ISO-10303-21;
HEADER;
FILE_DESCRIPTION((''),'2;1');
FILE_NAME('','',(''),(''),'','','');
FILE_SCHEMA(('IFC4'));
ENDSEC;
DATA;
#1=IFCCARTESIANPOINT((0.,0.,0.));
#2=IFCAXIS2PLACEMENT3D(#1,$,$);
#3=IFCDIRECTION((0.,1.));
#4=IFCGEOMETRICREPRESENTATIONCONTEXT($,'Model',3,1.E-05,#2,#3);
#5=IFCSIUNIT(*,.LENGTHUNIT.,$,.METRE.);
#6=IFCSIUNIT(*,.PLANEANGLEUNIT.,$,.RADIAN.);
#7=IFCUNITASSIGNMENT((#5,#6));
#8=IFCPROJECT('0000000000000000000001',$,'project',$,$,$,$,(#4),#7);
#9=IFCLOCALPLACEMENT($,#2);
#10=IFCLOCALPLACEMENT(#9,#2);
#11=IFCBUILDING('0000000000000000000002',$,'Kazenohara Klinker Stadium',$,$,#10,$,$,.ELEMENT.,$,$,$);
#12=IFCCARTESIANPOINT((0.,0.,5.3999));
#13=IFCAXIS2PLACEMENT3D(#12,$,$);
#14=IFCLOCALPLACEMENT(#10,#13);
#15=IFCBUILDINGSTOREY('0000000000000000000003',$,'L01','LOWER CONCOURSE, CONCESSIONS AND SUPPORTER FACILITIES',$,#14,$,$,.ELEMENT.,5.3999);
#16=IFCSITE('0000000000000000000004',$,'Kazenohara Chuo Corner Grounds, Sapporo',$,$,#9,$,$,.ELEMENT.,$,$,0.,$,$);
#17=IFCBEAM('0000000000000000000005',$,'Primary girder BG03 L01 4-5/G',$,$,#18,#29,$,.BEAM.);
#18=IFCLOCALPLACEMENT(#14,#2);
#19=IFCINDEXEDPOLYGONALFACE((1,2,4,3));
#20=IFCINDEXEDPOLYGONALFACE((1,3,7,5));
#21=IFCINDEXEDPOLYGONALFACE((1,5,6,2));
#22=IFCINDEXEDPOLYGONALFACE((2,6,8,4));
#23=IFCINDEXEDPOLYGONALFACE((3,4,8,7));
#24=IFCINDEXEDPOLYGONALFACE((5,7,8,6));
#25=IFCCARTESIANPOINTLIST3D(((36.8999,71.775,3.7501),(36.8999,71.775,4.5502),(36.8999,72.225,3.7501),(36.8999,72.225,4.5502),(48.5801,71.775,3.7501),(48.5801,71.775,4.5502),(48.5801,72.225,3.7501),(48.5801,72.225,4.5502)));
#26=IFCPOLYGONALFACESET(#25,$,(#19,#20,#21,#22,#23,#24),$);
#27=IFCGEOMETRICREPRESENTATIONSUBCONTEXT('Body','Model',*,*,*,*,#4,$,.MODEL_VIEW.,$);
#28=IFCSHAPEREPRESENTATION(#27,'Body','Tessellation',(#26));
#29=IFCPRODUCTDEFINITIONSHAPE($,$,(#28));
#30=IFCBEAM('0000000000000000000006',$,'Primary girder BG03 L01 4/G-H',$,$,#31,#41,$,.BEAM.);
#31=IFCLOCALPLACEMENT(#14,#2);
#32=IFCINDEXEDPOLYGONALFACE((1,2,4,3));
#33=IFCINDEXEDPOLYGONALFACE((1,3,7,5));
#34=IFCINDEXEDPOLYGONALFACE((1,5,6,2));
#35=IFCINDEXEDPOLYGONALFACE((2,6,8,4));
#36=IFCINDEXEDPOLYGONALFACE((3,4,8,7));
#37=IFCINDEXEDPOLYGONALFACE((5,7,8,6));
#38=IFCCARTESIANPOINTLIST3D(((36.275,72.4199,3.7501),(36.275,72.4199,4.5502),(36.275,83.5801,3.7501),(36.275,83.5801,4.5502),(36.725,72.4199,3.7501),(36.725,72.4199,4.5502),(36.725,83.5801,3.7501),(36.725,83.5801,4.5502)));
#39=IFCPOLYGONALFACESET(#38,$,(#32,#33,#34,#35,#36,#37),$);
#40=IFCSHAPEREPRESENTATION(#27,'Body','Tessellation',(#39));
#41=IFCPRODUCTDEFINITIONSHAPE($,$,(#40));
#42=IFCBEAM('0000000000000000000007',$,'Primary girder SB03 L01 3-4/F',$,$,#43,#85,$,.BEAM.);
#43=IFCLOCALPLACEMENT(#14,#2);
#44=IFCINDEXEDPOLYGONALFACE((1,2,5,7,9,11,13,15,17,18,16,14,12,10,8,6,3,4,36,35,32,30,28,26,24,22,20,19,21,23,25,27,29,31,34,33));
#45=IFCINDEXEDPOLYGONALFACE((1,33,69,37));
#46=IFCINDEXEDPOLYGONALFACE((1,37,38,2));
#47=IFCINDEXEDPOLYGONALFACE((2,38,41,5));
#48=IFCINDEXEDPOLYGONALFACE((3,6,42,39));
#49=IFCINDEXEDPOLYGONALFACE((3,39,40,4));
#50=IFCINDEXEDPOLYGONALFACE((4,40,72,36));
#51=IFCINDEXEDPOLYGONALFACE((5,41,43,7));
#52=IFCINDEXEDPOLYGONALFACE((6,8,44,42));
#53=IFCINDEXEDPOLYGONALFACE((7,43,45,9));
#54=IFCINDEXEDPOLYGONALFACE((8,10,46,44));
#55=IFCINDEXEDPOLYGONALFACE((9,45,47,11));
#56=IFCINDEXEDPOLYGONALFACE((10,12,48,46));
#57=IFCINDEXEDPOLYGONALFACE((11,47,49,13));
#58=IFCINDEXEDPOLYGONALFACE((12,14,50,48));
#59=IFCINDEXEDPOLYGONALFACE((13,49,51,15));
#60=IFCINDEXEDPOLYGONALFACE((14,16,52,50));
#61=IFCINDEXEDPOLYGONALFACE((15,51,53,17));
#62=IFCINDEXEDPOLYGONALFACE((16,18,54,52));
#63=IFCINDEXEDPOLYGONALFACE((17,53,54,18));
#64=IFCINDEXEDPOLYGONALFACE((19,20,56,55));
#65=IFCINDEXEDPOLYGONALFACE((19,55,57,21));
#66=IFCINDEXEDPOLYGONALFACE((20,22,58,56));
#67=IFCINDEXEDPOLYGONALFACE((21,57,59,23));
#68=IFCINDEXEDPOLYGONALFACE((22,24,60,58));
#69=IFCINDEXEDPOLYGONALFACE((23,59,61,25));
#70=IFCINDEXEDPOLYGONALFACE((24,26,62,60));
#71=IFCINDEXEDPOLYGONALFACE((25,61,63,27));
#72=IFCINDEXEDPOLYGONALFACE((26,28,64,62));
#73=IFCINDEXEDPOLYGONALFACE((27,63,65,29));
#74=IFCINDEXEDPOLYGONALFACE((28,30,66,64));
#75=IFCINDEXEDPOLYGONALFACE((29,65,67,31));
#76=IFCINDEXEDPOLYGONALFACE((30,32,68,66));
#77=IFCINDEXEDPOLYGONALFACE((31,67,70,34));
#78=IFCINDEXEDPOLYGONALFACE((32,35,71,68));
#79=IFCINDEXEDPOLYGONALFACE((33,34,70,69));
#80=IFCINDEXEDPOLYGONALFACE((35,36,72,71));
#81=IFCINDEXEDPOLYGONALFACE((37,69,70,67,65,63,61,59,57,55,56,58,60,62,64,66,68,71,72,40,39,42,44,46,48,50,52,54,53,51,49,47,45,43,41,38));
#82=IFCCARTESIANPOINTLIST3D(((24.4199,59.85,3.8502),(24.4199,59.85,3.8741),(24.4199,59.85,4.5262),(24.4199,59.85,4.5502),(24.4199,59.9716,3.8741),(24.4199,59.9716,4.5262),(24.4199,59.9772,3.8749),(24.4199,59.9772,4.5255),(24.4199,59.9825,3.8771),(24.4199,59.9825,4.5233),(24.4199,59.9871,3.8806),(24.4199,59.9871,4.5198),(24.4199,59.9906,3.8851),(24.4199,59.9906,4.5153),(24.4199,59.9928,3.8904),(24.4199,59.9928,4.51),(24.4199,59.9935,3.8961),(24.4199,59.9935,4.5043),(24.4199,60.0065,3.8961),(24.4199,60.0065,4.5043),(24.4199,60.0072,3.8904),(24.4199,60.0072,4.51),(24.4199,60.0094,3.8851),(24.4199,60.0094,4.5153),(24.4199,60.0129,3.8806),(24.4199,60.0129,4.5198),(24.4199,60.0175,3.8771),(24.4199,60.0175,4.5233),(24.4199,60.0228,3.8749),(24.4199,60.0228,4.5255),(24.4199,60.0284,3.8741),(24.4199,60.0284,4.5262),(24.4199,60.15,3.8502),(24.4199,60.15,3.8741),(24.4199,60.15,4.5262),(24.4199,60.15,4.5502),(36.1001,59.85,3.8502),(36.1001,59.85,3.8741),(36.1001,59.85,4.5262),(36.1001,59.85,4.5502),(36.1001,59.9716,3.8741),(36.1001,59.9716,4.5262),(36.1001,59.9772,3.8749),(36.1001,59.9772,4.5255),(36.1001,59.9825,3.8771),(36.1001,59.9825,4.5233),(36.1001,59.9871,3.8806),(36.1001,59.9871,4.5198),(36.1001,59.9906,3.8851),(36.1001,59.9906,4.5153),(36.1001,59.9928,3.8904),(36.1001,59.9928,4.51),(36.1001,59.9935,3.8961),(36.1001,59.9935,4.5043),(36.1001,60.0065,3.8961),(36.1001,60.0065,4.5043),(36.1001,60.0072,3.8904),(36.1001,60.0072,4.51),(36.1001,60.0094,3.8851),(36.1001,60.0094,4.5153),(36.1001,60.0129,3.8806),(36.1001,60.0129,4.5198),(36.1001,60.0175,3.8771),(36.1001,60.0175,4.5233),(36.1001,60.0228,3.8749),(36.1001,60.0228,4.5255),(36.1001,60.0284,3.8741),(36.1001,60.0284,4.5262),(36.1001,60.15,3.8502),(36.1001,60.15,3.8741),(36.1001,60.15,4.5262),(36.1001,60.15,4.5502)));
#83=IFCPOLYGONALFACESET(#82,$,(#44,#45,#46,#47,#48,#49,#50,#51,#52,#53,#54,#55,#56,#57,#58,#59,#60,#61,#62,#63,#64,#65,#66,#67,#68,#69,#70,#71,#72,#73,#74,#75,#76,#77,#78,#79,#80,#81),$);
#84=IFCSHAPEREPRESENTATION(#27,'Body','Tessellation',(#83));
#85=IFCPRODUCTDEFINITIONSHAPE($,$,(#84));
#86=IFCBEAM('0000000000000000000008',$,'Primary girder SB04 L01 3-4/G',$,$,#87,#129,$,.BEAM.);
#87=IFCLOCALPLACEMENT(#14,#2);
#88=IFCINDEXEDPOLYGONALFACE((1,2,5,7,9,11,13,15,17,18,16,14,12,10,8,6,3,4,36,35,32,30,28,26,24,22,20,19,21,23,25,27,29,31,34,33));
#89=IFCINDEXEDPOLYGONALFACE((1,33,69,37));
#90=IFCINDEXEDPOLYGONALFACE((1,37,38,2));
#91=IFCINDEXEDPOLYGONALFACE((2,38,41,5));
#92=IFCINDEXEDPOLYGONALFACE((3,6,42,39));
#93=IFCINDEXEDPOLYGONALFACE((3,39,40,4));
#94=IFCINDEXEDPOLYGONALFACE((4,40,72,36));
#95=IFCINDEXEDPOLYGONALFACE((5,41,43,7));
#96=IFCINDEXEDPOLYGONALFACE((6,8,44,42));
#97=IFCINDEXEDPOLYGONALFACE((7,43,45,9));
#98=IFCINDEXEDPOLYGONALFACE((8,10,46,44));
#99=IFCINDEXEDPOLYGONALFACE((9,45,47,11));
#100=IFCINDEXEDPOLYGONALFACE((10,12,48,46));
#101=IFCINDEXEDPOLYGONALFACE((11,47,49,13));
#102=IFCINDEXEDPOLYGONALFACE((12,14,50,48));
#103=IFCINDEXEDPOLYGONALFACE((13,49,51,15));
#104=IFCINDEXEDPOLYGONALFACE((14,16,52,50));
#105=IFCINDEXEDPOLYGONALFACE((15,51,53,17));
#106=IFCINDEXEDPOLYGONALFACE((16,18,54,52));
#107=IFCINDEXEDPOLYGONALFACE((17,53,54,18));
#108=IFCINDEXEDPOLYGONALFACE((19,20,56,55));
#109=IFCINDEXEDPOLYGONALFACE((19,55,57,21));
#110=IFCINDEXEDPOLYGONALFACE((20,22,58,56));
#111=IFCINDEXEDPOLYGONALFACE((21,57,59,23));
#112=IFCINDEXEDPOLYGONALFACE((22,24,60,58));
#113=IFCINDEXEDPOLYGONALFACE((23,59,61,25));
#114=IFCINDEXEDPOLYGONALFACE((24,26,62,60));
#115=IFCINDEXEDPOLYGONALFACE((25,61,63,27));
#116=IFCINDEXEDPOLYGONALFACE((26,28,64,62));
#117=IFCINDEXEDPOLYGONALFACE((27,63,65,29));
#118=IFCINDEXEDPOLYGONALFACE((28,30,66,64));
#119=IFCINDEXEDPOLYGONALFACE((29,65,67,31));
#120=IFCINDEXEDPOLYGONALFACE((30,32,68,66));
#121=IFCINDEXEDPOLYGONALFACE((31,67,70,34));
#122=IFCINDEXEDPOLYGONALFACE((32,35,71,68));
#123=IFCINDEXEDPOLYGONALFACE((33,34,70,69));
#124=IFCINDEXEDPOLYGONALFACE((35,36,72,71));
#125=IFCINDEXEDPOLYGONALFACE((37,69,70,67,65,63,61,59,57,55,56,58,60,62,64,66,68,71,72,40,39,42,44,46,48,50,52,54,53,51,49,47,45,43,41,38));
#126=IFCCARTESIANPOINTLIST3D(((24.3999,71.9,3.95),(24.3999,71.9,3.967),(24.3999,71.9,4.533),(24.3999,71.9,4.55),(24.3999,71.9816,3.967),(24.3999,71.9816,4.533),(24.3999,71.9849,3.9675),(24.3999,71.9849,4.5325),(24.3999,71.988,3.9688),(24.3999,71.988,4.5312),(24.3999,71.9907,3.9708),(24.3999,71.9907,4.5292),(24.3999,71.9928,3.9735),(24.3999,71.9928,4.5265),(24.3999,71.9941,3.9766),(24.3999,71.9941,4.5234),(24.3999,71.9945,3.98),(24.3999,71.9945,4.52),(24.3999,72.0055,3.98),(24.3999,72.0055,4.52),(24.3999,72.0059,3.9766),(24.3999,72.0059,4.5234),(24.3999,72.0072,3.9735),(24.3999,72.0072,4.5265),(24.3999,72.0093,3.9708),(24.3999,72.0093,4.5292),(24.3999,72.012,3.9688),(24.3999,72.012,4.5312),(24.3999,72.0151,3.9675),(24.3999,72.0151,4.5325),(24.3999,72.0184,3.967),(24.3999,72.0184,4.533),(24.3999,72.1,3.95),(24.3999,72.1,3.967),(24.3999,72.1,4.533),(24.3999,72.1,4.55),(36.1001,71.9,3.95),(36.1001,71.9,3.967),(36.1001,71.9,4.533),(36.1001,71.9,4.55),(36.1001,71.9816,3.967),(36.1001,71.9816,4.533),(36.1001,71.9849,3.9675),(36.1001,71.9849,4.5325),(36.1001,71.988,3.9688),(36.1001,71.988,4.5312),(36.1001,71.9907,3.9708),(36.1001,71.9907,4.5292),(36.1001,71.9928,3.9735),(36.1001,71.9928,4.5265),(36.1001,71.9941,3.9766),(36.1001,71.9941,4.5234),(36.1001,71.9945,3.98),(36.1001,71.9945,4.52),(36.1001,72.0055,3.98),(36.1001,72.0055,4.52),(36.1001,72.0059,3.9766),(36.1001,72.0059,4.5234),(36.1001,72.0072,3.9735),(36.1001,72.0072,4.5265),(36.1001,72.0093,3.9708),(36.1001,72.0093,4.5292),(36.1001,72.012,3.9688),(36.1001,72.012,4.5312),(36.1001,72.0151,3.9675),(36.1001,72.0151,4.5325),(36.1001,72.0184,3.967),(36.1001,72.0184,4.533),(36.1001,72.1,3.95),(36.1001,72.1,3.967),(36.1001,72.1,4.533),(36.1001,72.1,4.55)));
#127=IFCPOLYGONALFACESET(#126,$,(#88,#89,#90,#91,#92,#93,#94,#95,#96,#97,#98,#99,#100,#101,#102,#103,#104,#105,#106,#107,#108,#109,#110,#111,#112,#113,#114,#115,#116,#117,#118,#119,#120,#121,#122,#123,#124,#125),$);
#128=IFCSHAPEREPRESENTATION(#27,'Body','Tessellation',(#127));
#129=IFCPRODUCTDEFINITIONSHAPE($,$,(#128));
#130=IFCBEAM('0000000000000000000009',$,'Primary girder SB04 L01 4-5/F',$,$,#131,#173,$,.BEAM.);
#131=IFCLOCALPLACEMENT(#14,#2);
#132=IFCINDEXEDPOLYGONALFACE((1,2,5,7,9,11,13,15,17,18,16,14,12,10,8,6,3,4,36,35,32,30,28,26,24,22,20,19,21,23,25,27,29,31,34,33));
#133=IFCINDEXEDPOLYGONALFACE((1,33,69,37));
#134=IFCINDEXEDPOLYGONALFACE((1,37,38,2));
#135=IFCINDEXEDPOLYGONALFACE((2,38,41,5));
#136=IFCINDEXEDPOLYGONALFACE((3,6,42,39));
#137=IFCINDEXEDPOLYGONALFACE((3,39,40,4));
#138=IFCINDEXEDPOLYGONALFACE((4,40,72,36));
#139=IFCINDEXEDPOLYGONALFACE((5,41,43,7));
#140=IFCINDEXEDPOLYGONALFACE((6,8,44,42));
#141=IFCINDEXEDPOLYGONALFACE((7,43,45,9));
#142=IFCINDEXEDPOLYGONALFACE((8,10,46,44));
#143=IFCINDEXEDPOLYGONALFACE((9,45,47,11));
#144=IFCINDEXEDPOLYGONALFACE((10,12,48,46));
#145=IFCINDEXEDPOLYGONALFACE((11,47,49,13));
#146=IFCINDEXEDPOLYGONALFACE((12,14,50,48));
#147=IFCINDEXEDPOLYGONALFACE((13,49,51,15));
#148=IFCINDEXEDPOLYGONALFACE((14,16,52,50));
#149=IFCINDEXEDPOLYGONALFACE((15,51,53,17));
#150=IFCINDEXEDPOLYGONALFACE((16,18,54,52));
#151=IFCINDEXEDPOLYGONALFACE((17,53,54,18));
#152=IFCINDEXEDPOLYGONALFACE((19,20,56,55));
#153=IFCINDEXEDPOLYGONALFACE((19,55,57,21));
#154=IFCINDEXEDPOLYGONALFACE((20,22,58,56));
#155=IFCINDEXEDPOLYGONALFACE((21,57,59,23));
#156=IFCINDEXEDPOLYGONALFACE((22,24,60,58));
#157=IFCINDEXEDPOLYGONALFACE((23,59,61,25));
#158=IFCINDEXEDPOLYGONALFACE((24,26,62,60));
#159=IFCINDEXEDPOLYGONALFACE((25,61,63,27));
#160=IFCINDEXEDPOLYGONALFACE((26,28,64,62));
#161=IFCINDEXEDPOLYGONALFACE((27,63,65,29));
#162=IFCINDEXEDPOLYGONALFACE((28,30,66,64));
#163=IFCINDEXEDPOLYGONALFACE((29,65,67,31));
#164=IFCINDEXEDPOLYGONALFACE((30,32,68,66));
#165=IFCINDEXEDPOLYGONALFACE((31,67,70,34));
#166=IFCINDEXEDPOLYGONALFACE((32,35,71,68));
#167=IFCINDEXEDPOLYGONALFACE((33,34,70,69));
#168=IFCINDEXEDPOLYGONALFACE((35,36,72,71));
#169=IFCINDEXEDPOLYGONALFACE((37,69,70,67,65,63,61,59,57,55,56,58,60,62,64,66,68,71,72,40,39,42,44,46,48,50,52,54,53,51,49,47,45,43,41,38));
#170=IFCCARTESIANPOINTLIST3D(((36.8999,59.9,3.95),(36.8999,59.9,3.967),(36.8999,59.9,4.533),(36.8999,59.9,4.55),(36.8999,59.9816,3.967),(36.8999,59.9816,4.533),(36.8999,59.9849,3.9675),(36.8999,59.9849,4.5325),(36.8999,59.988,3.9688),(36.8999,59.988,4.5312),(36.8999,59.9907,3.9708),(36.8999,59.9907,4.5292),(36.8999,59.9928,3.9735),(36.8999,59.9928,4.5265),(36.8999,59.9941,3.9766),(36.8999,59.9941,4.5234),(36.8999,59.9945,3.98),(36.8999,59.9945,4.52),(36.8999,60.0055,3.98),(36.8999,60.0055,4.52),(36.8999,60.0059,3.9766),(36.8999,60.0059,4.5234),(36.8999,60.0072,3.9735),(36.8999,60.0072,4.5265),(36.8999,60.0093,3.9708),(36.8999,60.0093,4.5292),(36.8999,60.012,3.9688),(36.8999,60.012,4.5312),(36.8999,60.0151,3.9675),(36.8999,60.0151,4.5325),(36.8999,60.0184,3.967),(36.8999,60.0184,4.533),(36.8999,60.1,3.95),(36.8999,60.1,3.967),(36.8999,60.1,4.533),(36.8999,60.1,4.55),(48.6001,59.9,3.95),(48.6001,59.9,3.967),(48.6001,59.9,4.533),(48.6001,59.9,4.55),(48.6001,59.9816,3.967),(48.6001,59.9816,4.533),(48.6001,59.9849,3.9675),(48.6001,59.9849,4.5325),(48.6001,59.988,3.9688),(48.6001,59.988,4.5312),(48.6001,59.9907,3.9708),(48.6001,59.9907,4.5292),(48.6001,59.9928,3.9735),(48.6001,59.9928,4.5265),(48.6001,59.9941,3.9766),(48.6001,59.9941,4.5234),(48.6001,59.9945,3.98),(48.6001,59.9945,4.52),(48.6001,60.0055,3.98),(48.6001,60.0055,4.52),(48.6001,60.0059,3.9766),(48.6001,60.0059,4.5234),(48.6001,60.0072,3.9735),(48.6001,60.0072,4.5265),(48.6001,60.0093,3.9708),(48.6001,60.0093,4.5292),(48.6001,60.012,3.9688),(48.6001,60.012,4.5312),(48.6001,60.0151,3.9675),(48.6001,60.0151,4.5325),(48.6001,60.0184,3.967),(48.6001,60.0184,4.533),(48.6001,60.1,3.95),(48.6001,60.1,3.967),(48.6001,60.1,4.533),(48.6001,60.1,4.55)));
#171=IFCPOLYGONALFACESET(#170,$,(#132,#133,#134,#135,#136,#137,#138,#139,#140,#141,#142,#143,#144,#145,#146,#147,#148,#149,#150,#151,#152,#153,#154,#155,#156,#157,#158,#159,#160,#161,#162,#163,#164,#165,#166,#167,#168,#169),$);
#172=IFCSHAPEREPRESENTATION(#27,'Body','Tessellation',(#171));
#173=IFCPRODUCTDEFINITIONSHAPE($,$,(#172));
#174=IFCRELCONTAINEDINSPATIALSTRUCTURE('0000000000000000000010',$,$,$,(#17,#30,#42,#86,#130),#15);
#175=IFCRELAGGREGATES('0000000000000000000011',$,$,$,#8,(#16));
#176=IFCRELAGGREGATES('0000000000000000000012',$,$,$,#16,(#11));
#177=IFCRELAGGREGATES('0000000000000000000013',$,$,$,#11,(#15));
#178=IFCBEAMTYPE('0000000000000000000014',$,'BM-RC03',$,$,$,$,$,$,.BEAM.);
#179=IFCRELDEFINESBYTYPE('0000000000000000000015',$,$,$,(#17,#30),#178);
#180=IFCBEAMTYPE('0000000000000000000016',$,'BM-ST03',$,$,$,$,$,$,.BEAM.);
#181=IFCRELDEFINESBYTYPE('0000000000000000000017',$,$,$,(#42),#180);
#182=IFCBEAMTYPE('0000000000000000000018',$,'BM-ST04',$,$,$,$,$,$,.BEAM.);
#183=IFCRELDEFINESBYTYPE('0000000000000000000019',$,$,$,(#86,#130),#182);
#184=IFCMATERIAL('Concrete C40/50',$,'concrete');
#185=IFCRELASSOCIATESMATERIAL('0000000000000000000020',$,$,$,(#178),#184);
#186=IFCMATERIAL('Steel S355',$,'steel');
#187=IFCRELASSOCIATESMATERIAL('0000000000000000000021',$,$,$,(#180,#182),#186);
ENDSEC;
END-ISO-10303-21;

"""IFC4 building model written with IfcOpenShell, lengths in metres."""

from ifc_helpers import new_model, si_unit, direction, frame, origin, origin_2d, place, context, subcontext, project, spatial, rectangle, i_section, extrude, material, material_profile, profile_set, type_object, element, save


model = new_model("IFC4")

# Units and contexts
model_context = context("Model", 3, precision=1e-05, world=origin(), true_north=direction((0.0, 1.0)))
body_context = subcontext(model_context, "Body", "Model", "MODEL_VIEW")
ifc_project = project(units=[si_unit("LENGTHUNIT", "METRE"), si_unit("PLANEANGLEUNIT", "RADIAN")], contexts=[model_context])

# Site, building, storey
site_placement = place(None, origin())
site = spatial("IfcSite", under=ifc_project, at=site_placement, Name="Kazenohara Chuo Corner Grounds, Sapporo", CompositionType="ELEMENT", RefElevation=0.0)
building_placement = place(site_placement, origin())
building = spatial("IfcBuilding", under=site, at=building_placement, Name="Kazenohara Klinker Stadium", CompositionType="ELEMENT")
storey_placement = place(building_placement, frame((0.0, 0.0, 5.3999)))
storey = spatial("IfcBuildingStorey", under=building, at=storey_placement, Name="L01", Description="LOWER CONCOURSE, CONCESSIONS AND SUPPORTER FACILITIES", CompositionType="ELEMENT", Elevation=5.3999)

# Shared definitions
ifc_material_1 = material(Name="Concrete C40/50", Category="concrete")

# Beams
ifc_material_2 = material(Name="Steel S355", Category="steel")
ifc_material_profile_1 = material_profile(ifc_material_1, rectangle(XDim=0.45, YDim=0.8, at=origin_2d()), Name="RC-BM-450x800")
ifc_profile_set_1 = profile_set([ifc_material_profile_1], Name="Concrete C40/50")
beam_type_1 = type_object("IfcBeamType", Name="BM-RC03", PredefinedType="BEAM", material=ifc_profile_set_1)
beam_1_placement = place(storey_placement, frame((36.8999, 72.0, 4.1501), z_axis=(1.0, 0.0, 0.0), x_axis=(0.0, 1.0, 0.0)))
element("IfcBeam", 1, at=beam_1_placement, inside=storey, type_object=beam_type_1, Name="Primary girder BG03 L01 4-5/G", PredefinedType="BEAM", context=body_context, shape_type="SweptSolid", body=[
    extrude(rectangle(XDim=0.45, YDim=0.8, at=origin_2d()), origin(), (0.0, 0.0, 1.0), 11.6802),
])
beam_2_placement = place(storey_placement, frame((36.5, 72.4199, 4.1501), z_axis=(0.0, 1.0, 0.0), x_axis=(-1.0, 0.0, 0.0)))
element("IfcBeam", 2, at=beam_2_placement, inside=storey, type_object=beam_type_1, Name="Primary girder BG03 L01 4/G-H", PredefinedType="BEAM", context=body_context, shape_type="SweptSolid", body=[
    extrude(rectangle(XDim=0.45, YDim=0.8, at=origin_2d()), origin(), (0.0, 0.0, 1.0), 11.1602),
])
ifc_material_profile_2 = material_profile(ifc_material_2, i_section(OverallWidth=0.3, OverallDepth=0.7, WebThickness=0.0129, FlangeThickness=0.0239, FilletRadius=0.022, at=origin_2d()), Name="H-700x300x13x24")
ifc_profile_set_2 = profile_set([ifc_material_profile_2], Name="Steel S355")
beam_type_2 = type_object("IfcBeamType", Name="BM-ST03", PredefinedType="BEAM", material=ifc_profile_set_2)
beam_3_placement = place(storey_placement, frame((24.4199, 60.0, 4.2002), z_axis=(1.0, 0.0, 0.0), x_axis=(0.0, 1.0, 0.0)))
element("IfcBeam", 3, at=beam_3_placement, inside=storey, type_object=beam_type_2, Name="Primary girder SB03 L01 3-4/F", PredefinedType="BEAM", context=body_context, shape_type="SweptSolid", body=[
    extrude(i_section(OverallWidth=0.3, OverallDepth=0.7, WebThickness=0.0129, FlangeThickness=0.0239, FilletRadius=0.022, at=origin_2d()), origin(), (0.0, 0.0, 1.0), 11.6802),
])
ifc_material_profile_3 = material_profile(ifc_material_2, i_section(OverallWidth=0.2, OverallDepth=0.6001, WebThickness=0.011, FlangeThickness=0.0171, FilletRadius=0.0129, at=origin_2d()), Name="H-600x200x11x17")
ifc_profile_set_3 = profile_set([ifc_material_profile_3], Name="Steel S355")
beam_type_3 = type_object("IfcBeamType", Name="BM-ST04", PredefinedType="BEAM", material=ifc_profile_set_3)
for number, where, z_axis, x_axis, name in (
    (4, (24.3999, 72.0, 4.25), (1.0, 0.0, 0.0), (0.0, 1.0, 0.0), "Primary girder SB04 L01 3-4/G"),
    (5, (36.8999, 60.0, 4.25), (1.0, 0.0, 0.0), (0.0, 1.0, 0.0), "Primary girder SB04 L01 4-5/F"),
):
    element("IfcBeam", number, at=place(storey_placement, frame(where, z_axis=z_axis, x_axis=x_axis)), inside=storey, type_object=beam_type_3, Name=name, PredefinedType="BEAM", context=body_context, shape_type="SweptSolid", body=[
        extrude(i_section(OverallWidth=0.2, OverallDepth=0.6001, WebThickness=0.011, FlangeThickness=0.0171, FilletRadius=0.0129, at=origin_2d()), origin(), (0.0, 0.0, 1.0), 11.7002),
    ])

save(model, "model.ifc")
